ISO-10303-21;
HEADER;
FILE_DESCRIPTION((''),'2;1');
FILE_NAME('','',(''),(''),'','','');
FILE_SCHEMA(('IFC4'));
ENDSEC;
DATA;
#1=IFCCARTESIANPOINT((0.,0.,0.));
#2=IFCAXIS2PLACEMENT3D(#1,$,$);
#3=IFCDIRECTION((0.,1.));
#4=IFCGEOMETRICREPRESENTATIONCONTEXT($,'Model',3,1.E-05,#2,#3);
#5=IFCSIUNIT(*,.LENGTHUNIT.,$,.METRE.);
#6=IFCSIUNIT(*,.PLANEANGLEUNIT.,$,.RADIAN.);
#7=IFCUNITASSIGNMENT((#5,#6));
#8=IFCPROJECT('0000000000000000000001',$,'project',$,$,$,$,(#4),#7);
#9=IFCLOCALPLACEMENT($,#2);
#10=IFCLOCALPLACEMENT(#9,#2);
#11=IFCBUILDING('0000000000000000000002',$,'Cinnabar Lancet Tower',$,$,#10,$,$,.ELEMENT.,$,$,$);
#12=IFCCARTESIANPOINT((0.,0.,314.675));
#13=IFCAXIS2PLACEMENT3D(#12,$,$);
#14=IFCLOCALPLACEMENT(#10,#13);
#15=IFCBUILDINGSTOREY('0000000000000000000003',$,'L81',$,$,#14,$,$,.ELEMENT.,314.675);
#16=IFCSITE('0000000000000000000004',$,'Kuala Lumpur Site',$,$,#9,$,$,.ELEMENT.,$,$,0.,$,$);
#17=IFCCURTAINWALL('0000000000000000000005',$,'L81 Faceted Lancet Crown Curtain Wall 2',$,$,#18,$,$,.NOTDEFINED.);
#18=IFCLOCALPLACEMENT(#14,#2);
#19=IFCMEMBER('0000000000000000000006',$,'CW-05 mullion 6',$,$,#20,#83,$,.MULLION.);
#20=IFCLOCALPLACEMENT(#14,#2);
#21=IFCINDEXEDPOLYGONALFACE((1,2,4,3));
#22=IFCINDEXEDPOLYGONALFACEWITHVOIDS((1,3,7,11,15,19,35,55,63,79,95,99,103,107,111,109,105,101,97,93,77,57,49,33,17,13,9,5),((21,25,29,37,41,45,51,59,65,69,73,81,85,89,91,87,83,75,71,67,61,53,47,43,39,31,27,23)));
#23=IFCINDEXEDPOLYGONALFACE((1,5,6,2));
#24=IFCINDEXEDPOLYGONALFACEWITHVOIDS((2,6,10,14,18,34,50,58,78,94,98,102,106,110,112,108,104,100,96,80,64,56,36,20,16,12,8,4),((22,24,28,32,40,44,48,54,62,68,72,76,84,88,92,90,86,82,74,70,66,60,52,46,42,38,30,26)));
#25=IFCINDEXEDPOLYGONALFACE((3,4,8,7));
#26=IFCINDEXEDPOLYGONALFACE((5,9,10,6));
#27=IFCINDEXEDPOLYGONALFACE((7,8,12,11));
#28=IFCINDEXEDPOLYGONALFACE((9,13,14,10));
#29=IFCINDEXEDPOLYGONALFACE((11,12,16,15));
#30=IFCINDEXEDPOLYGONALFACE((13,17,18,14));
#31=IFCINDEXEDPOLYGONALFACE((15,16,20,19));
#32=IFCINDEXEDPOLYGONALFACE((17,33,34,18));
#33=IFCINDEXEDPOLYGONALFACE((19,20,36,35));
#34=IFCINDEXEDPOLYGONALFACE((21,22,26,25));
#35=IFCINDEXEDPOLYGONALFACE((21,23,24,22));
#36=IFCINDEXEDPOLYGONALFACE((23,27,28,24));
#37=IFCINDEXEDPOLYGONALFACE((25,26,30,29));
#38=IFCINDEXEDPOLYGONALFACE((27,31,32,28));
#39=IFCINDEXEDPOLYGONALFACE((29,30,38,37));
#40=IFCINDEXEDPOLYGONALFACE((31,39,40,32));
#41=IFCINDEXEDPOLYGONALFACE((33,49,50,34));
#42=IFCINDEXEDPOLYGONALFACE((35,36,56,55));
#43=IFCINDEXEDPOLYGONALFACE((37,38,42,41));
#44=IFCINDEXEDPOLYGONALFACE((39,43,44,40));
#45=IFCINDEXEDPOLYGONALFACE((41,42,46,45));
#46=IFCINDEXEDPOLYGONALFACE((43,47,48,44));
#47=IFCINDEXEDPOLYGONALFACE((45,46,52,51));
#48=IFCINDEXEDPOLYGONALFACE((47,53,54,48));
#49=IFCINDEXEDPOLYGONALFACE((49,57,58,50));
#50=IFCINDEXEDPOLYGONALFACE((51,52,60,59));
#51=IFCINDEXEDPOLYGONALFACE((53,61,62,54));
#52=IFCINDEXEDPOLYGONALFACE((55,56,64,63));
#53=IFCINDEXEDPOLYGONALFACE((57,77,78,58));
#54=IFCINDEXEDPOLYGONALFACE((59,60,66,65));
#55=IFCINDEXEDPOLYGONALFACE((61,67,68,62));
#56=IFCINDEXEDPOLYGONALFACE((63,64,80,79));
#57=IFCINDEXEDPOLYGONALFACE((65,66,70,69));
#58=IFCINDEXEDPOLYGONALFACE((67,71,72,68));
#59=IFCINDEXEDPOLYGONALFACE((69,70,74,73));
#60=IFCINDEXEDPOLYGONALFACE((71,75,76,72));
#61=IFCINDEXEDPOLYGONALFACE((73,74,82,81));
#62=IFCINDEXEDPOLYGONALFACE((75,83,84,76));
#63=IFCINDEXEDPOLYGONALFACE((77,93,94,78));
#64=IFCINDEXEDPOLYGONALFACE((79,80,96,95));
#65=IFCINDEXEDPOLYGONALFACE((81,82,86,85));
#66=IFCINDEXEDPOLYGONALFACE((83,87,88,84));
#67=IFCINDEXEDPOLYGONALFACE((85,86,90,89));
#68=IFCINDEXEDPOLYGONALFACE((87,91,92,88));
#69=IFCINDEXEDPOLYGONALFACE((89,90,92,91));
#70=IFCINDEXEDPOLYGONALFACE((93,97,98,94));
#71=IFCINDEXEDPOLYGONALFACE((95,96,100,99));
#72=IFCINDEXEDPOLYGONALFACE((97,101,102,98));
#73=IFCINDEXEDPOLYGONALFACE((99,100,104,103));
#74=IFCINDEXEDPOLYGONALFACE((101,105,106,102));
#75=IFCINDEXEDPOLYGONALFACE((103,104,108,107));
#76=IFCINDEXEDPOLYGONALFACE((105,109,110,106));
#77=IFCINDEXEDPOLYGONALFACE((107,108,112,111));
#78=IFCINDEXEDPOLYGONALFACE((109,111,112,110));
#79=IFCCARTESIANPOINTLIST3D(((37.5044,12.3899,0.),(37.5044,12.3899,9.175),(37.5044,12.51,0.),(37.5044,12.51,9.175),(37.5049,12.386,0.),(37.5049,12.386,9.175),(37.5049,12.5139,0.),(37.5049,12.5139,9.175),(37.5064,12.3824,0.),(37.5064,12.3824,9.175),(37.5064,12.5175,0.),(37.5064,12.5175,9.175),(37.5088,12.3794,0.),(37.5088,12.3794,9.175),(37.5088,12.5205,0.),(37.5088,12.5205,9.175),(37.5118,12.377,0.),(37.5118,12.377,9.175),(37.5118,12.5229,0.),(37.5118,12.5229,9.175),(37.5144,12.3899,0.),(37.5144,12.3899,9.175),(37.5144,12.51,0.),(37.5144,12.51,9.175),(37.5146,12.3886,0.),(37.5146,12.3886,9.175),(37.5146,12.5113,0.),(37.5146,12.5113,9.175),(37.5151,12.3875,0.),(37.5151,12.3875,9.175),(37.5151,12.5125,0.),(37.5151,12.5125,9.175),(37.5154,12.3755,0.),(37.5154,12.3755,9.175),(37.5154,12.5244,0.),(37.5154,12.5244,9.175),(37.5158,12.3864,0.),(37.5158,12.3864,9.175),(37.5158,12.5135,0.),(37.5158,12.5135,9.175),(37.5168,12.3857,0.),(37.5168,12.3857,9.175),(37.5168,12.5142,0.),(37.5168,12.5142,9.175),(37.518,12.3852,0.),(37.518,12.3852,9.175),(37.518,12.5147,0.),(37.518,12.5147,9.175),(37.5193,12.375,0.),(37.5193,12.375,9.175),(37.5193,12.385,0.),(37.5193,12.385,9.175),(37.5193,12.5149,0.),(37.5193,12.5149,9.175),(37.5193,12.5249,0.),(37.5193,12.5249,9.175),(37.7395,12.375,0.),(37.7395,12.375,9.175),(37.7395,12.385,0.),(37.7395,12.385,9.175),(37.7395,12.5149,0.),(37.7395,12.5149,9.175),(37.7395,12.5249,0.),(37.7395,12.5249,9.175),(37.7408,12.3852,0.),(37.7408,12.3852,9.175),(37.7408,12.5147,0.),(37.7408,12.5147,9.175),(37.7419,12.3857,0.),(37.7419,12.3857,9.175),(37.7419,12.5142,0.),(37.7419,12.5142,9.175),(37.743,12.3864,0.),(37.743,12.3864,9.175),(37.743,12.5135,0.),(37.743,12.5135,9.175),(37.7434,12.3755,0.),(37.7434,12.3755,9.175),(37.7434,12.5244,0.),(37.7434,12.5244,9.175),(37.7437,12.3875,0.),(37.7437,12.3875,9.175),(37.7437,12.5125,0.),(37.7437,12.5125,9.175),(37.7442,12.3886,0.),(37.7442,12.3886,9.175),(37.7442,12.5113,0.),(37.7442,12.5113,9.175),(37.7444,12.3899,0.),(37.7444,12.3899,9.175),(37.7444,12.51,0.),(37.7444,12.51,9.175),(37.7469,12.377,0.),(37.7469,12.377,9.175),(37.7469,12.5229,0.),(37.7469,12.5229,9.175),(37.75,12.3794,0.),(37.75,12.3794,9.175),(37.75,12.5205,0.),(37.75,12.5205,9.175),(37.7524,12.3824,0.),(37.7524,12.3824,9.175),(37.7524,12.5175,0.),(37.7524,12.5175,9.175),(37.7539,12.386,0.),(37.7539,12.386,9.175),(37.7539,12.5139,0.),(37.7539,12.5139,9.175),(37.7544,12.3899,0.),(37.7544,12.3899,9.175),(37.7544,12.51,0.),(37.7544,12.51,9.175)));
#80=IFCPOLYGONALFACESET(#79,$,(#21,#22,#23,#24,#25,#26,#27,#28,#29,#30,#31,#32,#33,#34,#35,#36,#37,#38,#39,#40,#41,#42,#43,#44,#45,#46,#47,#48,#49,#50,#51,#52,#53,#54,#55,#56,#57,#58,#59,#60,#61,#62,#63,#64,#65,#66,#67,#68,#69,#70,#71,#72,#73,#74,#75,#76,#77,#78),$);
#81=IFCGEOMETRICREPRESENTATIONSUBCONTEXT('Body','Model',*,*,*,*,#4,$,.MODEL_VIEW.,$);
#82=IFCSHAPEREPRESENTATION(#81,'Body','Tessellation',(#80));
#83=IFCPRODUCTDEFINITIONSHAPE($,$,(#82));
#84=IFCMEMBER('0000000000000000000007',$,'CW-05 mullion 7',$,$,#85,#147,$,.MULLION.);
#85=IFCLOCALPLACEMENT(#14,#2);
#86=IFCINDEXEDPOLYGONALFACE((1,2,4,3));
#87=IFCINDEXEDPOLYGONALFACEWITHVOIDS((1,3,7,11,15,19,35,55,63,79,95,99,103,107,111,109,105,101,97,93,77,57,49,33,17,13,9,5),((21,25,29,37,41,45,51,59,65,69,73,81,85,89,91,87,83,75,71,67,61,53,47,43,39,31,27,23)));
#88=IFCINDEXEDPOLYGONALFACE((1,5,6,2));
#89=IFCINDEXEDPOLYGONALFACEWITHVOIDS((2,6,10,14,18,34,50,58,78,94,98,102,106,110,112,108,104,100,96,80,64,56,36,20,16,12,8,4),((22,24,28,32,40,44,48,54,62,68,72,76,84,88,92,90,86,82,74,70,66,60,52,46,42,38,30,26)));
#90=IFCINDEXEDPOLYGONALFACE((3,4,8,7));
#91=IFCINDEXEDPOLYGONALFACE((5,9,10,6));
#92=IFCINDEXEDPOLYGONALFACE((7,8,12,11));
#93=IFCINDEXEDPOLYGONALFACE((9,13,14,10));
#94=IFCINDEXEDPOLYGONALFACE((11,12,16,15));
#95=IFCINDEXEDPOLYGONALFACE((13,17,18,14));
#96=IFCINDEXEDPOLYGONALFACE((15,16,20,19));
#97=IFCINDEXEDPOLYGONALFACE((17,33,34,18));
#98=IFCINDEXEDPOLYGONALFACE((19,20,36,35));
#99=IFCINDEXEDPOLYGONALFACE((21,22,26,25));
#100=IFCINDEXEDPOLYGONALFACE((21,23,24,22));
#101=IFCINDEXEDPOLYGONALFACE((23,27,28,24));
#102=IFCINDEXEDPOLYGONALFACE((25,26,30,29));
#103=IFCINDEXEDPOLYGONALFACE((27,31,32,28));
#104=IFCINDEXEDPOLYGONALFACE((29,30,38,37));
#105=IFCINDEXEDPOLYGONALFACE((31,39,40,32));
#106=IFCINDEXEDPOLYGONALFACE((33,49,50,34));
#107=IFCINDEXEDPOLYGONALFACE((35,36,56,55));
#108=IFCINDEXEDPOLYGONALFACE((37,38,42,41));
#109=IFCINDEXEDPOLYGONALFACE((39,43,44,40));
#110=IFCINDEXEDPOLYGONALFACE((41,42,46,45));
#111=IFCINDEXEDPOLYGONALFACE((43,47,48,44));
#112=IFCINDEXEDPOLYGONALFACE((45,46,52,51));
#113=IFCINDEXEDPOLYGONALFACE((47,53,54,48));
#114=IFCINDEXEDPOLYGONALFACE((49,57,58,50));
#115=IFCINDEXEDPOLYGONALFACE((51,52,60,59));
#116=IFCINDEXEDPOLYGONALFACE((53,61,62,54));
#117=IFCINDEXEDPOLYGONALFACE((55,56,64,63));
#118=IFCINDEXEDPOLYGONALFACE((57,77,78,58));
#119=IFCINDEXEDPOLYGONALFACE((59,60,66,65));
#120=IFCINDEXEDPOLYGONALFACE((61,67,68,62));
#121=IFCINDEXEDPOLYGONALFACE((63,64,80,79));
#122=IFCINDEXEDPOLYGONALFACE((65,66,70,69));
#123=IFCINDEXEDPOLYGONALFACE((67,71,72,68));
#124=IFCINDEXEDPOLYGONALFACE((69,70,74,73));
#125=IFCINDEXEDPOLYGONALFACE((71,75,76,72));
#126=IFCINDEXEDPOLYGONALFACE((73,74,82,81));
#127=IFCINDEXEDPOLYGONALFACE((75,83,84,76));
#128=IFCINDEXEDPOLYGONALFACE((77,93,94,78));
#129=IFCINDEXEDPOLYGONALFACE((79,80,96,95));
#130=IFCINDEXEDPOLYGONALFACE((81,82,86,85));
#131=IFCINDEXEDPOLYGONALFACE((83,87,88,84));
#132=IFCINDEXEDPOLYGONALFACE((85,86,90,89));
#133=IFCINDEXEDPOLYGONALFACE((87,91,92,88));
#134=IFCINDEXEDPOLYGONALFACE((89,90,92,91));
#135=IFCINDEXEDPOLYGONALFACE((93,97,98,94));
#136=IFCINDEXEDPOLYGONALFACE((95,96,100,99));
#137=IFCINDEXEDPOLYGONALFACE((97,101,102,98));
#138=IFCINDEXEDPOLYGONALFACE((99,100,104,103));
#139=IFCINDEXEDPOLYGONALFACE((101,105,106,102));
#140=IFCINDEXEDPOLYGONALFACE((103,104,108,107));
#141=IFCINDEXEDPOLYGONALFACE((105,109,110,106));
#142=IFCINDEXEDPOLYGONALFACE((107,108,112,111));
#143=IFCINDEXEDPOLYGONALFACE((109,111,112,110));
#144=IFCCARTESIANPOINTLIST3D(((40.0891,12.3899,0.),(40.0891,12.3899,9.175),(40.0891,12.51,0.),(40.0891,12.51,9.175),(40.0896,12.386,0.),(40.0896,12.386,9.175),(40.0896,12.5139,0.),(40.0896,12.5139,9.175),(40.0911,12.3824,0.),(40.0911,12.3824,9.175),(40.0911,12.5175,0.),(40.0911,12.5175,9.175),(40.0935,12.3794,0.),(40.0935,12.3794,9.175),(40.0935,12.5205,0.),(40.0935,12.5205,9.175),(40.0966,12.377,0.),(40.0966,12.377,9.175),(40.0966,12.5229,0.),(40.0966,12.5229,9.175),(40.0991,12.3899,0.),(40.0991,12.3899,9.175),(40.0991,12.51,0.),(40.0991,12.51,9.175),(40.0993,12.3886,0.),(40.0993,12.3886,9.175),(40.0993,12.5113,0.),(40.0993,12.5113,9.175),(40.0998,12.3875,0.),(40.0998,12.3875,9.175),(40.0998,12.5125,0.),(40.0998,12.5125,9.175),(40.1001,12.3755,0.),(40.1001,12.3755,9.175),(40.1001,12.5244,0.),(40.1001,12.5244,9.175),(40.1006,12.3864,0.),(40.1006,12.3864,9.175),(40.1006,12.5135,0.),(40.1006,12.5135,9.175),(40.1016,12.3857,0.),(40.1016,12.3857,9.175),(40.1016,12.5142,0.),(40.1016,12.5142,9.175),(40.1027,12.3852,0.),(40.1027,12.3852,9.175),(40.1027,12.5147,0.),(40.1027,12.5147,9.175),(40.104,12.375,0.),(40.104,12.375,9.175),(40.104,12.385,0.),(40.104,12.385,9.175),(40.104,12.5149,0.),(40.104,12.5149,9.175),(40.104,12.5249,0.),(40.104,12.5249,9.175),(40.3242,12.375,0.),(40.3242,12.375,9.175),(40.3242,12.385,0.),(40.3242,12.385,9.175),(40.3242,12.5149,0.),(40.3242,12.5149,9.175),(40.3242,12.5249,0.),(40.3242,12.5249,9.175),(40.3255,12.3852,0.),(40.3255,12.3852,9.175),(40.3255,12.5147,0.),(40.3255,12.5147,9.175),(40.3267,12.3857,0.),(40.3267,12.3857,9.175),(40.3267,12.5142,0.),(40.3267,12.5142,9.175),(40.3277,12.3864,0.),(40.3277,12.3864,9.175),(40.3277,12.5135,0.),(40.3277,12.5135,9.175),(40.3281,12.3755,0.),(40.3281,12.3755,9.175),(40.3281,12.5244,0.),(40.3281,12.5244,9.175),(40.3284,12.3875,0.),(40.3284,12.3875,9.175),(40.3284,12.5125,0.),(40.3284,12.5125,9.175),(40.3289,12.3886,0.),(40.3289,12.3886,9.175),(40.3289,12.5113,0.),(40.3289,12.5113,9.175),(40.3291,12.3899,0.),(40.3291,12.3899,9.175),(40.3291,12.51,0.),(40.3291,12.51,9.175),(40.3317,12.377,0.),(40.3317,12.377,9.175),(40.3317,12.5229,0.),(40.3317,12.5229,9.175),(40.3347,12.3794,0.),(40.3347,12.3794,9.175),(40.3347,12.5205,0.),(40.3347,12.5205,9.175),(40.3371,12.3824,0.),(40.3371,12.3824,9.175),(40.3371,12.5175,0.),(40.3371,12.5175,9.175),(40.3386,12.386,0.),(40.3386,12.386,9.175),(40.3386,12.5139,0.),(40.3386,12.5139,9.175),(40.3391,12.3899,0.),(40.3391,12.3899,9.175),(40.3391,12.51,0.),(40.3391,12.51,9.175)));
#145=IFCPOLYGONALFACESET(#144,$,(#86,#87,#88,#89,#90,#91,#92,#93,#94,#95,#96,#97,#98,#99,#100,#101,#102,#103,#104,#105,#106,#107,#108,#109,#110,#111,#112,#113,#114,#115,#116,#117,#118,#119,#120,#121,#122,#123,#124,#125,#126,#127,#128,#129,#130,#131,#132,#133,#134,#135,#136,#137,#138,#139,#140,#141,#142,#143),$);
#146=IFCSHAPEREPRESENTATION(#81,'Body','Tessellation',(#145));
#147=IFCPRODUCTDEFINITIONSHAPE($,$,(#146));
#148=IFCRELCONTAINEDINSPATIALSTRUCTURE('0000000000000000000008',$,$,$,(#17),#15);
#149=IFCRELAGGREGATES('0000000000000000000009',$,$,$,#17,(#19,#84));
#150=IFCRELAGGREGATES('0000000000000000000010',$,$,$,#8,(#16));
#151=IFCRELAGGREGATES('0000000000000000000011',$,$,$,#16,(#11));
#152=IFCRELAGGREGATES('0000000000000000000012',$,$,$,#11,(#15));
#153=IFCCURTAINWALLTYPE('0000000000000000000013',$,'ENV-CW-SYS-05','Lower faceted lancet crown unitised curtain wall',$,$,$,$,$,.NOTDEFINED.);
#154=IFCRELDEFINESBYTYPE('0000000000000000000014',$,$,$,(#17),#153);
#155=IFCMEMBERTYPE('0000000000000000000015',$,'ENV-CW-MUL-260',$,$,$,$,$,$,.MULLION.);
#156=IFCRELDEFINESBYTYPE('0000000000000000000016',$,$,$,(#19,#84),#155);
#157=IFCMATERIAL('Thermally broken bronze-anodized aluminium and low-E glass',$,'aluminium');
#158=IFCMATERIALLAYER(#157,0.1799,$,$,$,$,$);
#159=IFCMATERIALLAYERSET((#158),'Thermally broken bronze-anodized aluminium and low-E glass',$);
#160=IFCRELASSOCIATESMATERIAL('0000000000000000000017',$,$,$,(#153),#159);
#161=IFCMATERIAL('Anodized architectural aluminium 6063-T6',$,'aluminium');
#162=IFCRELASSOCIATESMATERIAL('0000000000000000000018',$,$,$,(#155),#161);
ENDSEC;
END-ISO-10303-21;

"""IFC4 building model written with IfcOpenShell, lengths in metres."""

from ifc_helpers import new_model, si_unit, direction, frame, origin, origin_2d, place, context, subcontext, project, spatial, hollow_rectangle, extrude, material, layer, layer_set, material_profile, profile_set, type_object, element, aggregate, save


model = new_model("IFC4")

# Units and contexts
model_context = context("Model", 3, precision=1e-05, world=origin(), true_north=direction((0.0, 1.0)))
body_context = subcontext(model_context, "Body", "Model", "MODEL_VIEW")
ifc_project = project(units=[si_unit("LENGTHUNIT", "METRE"), si_unit("PLANEANGLEUNIT", "RADIAN")], contexts=[model_context])

# Site, building, storey
site_placement = place(None, origin())
site = spatial("IfcSite", under=ifc_project, at=site_placement, Name="Kuala Lumpur Site", CompositionType="ELEMENT", RefElevation=0.0)
building_placement = place(site_placement, origin())
building = spatial("IfcBuilding", under=site, at=building_placement, Name="Cinnabar Lancet Tower", CompositionType="ELEMENT")
storey_placement = place(building_placement, frame((0.0, 0.0, 314.675)))
storey = spatial("IfcBuildingStorey", under=building, at=storey_placement, Name="L81", CompositionType="ELEMENT", Elevation=314.675)

# Curtain wall, members
ifc_material_1 = material(Name="Thermally broken bronze-anodized aluminium and low-E glass", Category="aluminium")
ifc_layer_1 = layer(ifc_material_1, 0.1799)
ifc_layer_set_1 = layer_set([ifc_layer_1], Name="Thermally broken bronze-anodized aluminium and low-E glass")
curtain_wall_type = type_object("IfcCurtainWallType", Name="ENV-CW-SYS-05", Description="Lower faceted lancet crown unitised curtain wall", PredefinedType="NOTDEFINED", material=ifc_layer_set_1)
curtain_wall_1_placement = place(storey_placement, origin())
curtain_wall_1 = element("IfcCurtainWall", 1, at=curtain_wall_1_placement, inside=storey, type_object=curtain_wall_type, Name="L81 Faceted Lancet Crown Curtain Wall 2", PredefinedType="NOTDEFINED")
ifc_material_2 = material(Name="Anodized architectural aluminium 6063-T6", Category="aluminium")
ifc_material_profile_1 = material_profile(ifc_material_2, hollow_rectangle(XDim=0.1499, YDim=0.25, WallThickness=0.01, InnerFilletRadius=0.0049, OuterFilletRadius=0.0149, at=origin_2d()), Name="RHS 250x150x10")
ifc_profile_set_1 = profile_set([ifc_material_profile_1], Name="Anodized architectural aluminium 6063-T6")
member_type_1 = type_object("IfcMemberType", Name="ENV-CW-MUL-260", PredefinedType="MULLION", material=ifc_profile_set_1)
member_1_placement = place(storey_placement, frame((37.6294, 12.45, 0.0), z_axis=(0.0, 0.0, 1.0), x_axis=(0.0, 1.0, 0.0)))
member_1 = element("IfcMember", 2, at=member_1_placement, type_object=member_type_1, Name="CW-05 mullion 6", PredefinedType="MULLION", context=body_context, shape_type="SweptSolid", body=[
    extrude(hollow_rectangle(XDim=0.1499, YDim=0.25, WallThickness=0.01, InnerFilletRadius=0.0049, OuterFilletRadius=0.0149, at=origin_2d()), origin(), (0.0, 0.0, 1.0), 9.175),
])
member_2_placement = place(storey_placement, frame((40.2141, 12.45, 0.0), z_axis=(0.0, 0.0, 1.0), x_axis=(0.0, 1.0, 0.0)))
member_2 = element("IfcMember", 3, at=member_2_placement, type_object=member_type_1, Name="CW-05 mullion 7", PredefinedType="MULLION", context=body_context, shape_type="SweptSolid", body=[
    extrude(hollow_rectangle(XDim=0.1499, YDim=0.25, WallThickness=0.01, InnerFilletRadius=0.0049, OuterFilletRadius=0.0149, at=origin_2d()), origin(), (0.0, 0.0, 1.0), 9.175),
])

aggregate(curtain_wall_1, [member_1, member_2])

save(model, "model.ifc")
